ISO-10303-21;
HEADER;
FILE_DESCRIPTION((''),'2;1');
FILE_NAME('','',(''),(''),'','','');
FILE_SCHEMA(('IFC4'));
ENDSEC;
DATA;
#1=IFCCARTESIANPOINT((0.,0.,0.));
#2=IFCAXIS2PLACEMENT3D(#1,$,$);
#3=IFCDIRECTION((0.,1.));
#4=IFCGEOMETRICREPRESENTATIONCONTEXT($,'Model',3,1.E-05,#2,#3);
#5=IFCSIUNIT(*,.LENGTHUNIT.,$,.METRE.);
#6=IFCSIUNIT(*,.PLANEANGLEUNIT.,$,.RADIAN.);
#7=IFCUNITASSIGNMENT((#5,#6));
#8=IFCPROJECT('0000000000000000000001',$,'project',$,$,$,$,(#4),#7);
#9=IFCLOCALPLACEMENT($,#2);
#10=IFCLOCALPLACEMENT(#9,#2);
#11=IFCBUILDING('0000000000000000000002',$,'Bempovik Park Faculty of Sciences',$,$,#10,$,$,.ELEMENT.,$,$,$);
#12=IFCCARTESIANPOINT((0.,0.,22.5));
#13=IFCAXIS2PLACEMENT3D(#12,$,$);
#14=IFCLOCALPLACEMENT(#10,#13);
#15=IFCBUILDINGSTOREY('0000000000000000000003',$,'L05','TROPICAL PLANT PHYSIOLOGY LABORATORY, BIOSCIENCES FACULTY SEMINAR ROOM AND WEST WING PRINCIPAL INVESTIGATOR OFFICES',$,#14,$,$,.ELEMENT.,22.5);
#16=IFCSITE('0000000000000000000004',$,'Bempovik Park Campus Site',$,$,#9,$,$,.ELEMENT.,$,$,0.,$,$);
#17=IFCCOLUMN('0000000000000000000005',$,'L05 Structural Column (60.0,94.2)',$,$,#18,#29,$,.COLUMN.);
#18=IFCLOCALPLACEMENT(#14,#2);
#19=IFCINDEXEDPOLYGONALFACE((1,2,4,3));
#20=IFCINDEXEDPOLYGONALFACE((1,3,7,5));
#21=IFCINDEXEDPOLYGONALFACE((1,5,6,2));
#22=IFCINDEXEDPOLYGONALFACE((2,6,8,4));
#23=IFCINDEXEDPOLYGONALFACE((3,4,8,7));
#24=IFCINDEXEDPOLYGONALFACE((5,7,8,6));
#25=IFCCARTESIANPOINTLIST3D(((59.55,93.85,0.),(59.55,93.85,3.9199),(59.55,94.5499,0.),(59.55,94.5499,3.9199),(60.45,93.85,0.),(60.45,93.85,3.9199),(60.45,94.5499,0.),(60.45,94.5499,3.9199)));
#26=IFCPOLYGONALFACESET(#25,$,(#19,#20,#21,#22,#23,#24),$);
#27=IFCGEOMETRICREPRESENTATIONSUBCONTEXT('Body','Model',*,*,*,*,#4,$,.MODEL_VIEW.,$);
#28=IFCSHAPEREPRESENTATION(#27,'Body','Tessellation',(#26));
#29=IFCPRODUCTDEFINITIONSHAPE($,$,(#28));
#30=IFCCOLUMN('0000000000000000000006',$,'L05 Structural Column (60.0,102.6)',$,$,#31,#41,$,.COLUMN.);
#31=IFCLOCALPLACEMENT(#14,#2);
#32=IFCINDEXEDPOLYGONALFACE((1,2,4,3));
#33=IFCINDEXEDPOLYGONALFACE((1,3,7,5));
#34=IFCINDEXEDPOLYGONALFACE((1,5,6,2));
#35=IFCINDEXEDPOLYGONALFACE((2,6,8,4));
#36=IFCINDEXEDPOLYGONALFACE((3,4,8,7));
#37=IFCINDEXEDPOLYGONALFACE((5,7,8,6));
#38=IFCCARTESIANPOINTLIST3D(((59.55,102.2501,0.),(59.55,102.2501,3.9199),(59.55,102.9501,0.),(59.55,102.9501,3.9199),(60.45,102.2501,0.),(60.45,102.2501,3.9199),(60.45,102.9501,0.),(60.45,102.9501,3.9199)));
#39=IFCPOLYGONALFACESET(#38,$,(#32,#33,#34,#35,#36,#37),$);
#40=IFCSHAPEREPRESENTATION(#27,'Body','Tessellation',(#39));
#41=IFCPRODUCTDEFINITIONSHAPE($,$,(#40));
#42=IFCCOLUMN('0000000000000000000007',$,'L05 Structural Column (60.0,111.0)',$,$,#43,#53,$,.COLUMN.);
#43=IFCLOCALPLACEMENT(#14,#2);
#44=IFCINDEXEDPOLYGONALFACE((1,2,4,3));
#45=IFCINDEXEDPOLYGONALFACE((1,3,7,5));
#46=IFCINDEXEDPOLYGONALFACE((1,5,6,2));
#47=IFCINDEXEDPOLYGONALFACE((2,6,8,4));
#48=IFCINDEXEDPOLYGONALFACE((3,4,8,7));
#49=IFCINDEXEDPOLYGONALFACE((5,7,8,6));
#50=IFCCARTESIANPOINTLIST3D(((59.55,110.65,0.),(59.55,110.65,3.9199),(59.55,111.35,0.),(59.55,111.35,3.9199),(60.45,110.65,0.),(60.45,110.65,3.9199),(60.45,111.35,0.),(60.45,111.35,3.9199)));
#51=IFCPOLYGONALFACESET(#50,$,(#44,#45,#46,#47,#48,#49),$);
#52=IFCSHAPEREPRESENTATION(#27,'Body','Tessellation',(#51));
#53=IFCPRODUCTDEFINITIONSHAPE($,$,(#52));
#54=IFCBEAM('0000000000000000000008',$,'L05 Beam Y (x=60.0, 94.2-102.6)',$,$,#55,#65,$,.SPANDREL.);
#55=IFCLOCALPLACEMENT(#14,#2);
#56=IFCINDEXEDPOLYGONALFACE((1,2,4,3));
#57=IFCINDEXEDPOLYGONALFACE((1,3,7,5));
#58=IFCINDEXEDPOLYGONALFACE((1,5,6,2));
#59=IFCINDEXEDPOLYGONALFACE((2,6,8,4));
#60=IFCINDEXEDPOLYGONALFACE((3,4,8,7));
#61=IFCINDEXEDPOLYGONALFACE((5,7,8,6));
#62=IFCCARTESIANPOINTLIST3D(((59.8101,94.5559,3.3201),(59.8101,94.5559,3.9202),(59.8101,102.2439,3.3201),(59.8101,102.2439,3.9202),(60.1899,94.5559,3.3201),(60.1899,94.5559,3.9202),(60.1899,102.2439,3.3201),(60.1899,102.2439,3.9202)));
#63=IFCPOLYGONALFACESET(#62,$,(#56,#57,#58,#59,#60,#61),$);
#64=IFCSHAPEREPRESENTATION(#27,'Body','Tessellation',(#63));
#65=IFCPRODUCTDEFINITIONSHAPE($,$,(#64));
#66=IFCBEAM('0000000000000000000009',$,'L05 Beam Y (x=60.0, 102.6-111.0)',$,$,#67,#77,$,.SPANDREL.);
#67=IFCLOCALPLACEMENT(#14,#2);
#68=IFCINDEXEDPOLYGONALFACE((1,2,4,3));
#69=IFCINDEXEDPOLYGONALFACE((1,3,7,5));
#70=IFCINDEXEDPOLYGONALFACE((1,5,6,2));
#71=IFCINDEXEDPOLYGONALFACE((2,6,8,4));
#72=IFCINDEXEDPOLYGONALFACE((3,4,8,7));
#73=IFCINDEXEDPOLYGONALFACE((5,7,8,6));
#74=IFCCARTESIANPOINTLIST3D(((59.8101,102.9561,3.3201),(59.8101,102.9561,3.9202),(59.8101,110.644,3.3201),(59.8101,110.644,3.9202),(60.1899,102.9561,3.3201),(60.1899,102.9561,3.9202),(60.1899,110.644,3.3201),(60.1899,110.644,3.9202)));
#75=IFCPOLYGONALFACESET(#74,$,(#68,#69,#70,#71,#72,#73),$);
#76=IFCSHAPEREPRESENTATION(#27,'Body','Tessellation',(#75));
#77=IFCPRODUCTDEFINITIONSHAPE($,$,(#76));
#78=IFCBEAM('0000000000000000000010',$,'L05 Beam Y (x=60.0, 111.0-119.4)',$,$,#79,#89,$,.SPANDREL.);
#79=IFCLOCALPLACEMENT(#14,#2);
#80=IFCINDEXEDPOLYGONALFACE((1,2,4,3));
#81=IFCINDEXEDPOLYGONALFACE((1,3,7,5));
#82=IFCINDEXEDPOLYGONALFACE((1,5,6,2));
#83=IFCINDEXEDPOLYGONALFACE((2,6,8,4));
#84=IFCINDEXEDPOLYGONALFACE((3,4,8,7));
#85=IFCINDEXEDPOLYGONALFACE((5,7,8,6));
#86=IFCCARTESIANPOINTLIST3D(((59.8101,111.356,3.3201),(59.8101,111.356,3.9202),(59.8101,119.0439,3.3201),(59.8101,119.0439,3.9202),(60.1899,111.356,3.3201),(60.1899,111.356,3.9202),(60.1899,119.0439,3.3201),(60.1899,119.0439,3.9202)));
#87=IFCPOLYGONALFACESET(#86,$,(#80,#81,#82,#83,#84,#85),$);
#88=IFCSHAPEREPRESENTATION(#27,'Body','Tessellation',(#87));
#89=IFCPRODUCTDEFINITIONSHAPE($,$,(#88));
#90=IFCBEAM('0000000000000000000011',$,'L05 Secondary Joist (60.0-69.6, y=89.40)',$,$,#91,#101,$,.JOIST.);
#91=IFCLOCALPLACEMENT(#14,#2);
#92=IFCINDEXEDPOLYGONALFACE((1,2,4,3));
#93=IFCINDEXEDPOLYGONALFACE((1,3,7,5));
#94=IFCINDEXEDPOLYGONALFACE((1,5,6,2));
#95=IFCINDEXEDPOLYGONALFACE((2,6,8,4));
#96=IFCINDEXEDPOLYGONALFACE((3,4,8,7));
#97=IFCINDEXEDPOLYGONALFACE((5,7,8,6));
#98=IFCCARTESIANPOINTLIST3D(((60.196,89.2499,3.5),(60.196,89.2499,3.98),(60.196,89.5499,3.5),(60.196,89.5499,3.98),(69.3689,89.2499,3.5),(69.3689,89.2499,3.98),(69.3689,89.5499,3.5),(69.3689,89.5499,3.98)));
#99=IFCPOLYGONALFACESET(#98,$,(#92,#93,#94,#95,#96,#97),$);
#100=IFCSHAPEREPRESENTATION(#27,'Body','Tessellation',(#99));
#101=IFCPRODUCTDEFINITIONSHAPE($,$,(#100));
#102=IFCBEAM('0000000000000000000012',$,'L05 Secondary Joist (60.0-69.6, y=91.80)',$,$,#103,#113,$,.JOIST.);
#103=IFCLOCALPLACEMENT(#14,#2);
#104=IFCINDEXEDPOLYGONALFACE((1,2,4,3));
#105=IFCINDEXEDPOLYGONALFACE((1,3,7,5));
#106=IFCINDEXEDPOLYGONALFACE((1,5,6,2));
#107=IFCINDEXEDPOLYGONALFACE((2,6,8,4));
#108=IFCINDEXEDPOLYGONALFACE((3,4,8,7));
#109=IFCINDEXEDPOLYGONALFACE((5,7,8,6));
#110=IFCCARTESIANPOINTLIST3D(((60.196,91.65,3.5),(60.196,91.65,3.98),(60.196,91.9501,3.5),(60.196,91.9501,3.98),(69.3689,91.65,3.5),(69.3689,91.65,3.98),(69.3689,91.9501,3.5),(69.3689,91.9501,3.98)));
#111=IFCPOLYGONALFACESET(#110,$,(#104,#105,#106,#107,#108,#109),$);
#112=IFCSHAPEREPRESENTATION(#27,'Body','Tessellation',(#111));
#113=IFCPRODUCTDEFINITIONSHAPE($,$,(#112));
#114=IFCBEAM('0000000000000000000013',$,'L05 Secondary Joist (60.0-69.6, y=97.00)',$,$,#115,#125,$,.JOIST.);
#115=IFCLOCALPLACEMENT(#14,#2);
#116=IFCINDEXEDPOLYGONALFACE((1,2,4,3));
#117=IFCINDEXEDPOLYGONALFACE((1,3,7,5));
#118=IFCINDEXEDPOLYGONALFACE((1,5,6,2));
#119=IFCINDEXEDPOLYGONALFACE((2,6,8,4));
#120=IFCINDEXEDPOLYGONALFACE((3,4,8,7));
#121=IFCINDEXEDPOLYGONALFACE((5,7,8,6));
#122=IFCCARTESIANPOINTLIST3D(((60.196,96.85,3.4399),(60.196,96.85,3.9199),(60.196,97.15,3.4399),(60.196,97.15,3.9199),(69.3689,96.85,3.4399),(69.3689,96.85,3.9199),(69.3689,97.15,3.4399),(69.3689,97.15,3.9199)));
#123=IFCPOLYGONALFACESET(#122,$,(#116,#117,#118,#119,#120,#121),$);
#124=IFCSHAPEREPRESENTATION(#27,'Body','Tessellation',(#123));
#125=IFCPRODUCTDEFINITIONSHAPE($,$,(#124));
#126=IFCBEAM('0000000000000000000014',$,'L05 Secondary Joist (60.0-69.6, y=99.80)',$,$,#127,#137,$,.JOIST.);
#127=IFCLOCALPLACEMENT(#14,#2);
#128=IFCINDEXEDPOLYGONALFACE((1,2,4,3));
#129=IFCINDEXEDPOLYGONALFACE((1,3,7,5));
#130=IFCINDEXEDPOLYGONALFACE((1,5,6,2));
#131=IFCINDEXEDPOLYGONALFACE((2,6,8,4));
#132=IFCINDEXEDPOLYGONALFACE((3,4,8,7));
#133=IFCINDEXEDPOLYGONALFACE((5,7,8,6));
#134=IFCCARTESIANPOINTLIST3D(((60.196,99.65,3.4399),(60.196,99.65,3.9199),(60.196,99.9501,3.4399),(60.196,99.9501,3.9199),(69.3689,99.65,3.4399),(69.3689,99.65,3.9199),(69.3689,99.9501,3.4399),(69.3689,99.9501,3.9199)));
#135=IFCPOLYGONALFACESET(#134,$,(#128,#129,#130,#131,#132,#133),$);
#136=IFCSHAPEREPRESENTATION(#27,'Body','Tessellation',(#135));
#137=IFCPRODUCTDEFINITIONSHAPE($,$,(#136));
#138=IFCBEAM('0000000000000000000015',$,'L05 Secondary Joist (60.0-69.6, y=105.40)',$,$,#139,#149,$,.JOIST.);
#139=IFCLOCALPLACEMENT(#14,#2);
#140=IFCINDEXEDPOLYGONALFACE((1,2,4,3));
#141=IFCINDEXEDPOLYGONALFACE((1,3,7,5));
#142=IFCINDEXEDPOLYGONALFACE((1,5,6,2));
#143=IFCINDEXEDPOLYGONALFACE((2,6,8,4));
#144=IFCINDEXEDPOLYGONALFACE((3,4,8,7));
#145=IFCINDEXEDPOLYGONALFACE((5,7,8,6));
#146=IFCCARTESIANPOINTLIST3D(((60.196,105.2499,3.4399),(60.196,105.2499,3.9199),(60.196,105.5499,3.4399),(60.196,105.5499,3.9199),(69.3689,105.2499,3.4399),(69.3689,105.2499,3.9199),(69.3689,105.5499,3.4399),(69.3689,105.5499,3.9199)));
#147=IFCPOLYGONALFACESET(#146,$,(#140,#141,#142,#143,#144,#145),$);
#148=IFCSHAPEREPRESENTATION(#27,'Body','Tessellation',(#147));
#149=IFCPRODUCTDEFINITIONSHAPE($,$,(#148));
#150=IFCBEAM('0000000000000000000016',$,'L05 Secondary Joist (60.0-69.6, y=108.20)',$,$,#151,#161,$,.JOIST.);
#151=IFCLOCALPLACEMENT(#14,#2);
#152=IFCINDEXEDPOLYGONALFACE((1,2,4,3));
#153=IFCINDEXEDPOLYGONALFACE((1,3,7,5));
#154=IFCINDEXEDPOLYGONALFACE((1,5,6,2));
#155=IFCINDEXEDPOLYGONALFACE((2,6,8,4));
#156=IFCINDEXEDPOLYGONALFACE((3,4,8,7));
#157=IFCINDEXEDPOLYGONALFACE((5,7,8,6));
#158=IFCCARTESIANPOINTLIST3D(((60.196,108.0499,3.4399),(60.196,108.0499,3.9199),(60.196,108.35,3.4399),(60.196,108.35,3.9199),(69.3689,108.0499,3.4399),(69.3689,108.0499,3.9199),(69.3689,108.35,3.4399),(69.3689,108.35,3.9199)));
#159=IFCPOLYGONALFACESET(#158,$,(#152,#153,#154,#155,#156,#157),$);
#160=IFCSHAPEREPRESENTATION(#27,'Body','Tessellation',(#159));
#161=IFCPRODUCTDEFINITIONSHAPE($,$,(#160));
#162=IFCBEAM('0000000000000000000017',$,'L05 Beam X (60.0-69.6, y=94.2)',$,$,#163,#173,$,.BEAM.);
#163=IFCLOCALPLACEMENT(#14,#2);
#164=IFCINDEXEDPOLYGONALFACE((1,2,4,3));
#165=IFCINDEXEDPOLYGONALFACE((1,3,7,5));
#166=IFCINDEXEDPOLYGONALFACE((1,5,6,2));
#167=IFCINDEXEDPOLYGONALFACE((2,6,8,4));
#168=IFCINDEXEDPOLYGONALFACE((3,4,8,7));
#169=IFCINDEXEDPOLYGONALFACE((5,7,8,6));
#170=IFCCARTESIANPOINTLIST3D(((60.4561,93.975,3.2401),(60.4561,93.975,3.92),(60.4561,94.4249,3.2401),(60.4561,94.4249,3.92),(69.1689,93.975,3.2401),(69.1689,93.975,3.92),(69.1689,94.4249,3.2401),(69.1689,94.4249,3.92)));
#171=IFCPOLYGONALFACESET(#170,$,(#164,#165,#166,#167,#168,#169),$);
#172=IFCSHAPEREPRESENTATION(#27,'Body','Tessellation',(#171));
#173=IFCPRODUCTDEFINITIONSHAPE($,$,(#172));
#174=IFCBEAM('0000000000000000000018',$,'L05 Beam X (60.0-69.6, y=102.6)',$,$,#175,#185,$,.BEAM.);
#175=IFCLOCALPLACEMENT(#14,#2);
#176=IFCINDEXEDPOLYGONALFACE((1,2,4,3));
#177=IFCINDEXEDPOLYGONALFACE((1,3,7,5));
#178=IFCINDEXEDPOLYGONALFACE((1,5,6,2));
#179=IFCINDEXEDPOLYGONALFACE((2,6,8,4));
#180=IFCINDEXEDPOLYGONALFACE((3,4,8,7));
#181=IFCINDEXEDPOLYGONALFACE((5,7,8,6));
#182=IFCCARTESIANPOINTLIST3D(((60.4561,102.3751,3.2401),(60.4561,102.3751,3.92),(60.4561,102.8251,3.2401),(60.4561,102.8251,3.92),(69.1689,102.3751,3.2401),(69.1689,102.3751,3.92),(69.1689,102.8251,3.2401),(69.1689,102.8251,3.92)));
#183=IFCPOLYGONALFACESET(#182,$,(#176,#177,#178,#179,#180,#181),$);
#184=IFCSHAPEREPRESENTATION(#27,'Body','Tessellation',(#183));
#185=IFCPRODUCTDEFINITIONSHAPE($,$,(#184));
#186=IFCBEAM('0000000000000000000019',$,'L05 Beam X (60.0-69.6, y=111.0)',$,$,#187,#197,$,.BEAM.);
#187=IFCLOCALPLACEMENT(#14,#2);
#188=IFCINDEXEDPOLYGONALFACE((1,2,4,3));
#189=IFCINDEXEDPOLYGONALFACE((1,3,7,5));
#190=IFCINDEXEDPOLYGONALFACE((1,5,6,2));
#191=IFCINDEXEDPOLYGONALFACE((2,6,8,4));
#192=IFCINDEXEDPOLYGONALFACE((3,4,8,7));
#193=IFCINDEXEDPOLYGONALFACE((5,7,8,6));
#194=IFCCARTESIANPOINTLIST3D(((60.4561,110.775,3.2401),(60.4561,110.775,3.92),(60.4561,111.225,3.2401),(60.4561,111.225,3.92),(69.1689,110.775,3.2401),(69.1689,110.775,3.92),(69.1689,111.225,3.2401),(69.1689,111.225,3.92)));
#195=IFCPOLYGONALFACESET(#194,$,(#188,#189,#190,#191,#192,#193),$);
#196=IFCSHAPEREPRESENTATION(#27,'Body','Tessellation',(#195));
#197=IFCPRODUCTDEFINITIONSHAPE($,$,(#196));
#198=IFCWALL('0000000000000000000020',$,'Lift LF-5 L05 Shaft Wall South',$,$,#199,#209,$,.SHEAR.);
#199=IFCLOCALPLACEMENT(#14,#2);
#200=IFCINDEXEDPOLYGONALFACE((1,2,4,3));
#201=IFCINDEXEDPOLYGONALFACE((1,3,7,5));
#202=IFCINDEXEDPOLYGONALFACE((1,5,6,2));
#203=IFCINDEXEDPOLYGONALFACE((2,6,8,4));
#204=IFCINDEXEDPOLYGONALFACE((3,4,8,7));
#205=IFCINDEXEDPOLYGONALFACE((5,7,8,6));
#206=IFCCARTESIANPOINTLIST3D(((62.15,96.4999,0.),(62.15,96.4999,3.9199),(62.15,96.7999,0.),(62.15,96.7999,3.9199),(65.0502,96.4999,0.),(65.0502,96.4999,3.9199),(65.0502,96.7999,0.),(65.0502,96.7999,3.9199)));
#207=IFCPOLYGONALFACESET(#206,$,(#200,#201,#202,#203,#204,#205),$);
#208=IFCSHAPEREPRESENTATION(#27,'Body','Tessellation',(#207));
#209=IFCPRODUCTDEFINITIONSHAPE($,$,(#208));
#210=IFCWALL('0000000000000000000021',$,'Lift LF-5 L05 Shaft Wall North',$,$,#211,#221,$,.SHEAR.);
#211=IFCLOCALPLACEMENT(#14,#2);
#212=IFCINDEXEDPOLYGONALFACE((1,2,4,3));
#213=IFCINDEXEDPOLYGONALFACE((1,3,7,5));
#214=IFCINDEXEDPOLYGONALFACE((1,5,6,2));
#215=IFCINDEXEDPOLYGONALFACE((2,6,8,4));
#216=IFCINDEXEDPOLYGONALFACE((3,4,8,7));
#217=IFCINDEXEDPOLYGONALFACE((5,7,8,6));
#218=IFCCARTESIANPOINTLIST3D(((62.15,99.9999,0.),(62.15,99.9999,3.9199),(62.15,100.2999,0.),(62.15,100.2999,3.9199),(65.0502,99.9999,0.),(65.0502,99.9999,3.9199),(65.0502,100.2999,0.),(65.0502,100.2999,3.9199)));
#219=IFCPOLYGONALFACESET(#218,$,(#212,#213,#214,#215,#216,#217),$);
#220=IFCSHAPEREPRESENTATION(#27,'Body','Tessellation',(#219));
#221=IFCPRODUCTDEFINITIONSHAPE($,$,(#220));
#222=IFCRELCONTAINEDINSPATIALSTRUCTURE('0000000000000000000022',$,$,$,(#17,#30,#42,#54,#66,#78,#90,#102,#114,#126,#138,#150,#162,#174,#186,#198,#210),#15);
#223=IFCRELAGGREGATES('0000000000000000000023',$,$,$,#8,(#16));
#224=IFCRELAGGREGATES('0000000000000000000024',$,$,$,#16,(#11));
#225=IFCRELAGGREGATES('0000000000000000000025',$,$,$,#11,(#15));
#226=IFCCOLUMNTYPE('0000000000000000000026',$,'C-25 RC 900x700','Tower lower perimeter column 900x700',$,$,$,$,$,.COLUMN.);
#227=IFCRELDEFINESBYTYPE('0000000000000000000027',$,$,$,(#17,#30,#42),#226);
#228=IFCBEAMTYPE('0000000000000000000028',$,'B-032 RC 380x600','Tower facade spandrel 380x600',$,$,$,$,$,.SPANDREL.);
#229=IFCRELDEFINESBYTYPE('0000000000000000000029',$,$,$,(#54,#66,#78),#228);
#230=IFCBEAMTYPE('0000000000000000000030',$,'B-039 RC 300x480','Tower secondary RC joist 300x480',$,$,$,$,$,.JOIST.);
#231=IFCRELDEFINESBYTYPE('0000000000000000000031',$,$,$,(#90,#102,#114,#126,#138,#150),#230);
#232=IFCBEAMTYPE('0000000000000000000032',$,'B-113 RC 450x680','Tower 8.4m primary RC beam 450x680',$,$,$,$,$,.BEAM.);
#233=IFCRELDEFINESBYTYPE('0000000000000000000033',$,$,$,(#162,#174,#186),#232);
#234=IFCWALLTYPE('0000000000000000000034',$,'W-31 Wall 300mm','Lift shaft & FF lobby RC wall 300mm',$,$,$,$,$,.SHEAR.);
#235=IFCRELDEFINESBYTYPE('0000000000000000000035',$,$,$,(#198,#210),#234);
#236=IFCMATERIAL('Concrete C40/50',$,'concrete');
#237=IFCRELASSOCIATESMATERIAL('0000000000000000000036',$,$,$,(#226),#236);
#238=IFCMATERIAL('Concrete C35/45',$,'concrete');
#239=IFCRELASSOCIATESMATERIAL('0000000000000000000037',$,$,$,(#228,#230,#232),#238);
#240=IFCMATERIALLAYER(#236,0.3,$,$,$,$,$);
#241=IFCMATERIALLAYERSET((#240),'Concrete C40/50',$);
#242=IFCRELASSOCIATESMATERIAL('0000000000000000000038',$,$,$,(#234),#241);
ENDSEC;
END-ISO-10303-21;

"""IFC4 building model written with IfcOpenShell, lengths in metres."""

from ifc_helpers import new_model, si_unit, direction, frame, frame_2d, origin, origin_2d, place, context, subcontext, project, spatial, rectangle, extrude, material, layer, layer_set, material_profile, profile_set, type_object, element, save


model = new_model("IFC4")

# Units and contexts
model_context = context("Model", 3, precision=1e-05, world=origin(), true_north=direction((0.0, 1.0)))
body_context = subcontext(model_context, "Body", "Model", "MODEL_VIEW")
ifc_project = project(units=[si_unit("LENGTHUNIT", "METRE"), si_unit("PLANEANGLEUNIT", "RADIAN")], contexts=[model_context])

# Site, building, storey
site_placement = place(None, origin())
site = spatial("IfcSite", under=ifc_project, at=site_placement, Name="Bempovik Park Campus Site", CompositionType="ELEMENT", RefElevation=0.0)
building_placement = place(site_placement, origin())
building = spatial("IfcBuilding", under=site, at=building_placement, Name="Bempovik Park Faculty of Sciences", CompositionType="ELEMENT")
storey_placement = place(building_placement, frame((0.0, 0.0, 22.5)))
storey = spatial("IfcBuildingStorey", under=building, at=storey_placement, Name="L05", Description="TROPICAL PLANT PHYSIOLOGY LABORATORY, BIOSCIENCES FACULTY SEMINAR ROOM AND WEST WING PRINCIPAL INVESTIGATOR OFFICES", CompositionType="ELEMENT", Elevation=22.5)

# Columns
ifc_material_1 = material(Name="Concrete C40/50", Category="concrete")
ifc_material_profile_1 = material_profile(ifc_material_1, rectangle(XDim=0.8999, YDim=0.7, at=origin_2d()), Name="RC 900x700")
ifc_profile_set_1 = profile_set([ifc_material_profile_1], Name="Concrete C40/50")
column_type = type_object("IfcColumnType", Name="C-25 RC 900x700", Description="Tower lower perimeter column 900x700", PredefinedType="COLUMN", material=ifc_profile_set_1)
for number, where, z_axis, x_axis, name in (
    (1, (60.0, 94.2, 0.0), (0.0, 0.0, 1.0), (1.0, 0.0, 0.0), "L05 Structural Column (60.0,94.2)"),
    (2, (60.0, 102.6001, 0.0), (0.0, 0.0, 1.0), (1.0, 0.0, 0.0), "L05 Structural Column (60.0,102.6)"),
    (3, (60.0, 111.0, 0.0), (0.0, 0.0, 1.0), (1.0, 0.0, 0.0), "L05 Structural Column (60.0,111.0)"),
):
    element("IfcColumn", number, at=place(storey_placement, frame(where, z_axis=z_axis, x_axis=x_axis)), inside=storey, type_object=column_type, Name=name, PredefinedType="COLUMN", context=body_context, shape_type="SweptSolid", body=[
        extrude(rectangle(XDim=0.8999, YDim=0.7, at=origin_2d()), origin(), (0.0, 0.0, 1.0), 3.9199),
    ])

# Beams
ifc_material_2 = material(Name="Concrete C35/45", Category="concrete")
ifc_material_profile_2 = material_profile(ifc_material_2, rectangle(XDim=0.3799, YDim=0.6001, at=origin_2d()), Name="RC 380x600")
ifc_profile_set_2 = profile_set([ifc_material_profile_2], Name="Concrete C35/45")
beam_type_1 = type_object("IfcBeamType", Name="B-032 RC 380x600", Description="Tower facade spandrel 380x600", PredefinedType="SPANDREL", material=ifc_profile_set_2)
for number, where, z_axis, x_axis, name in (
    (4, (60.0, 94.5559, 3.6201), (0.0, 1.0, 0.0), (-1.0, 0.0, 0.0), "L05 Beam Y (x=60.0, 94.2-102.6)"),
    (5, (60.0, 102.9561, 3.6201), (0.0, 1.0, 0.0), (-1.0, 0.0, 0.0), "L05 Beam Y (x=60.0, 102.6-111.0)"),
    (6, (60.0, 111.356, 3.6201), (0.0, 1.0, 0.0), (-1.0, 0.0, 0.0), "L05 Beam Y (x=60.0, 111.0-119.4)"),
):
    element("IfcBeam", number, at=place(storey_placement, frame(where, z_axis=z_axis, x_axis=x_axis)), inside=storey, type_object=beam_type_1, Name=name, PredefinedType="SPANDREL", context=body_context, shape_type="SweptSolid", body=[
        extrude(rectangle(XDim=0.3799, YDim=0.6001, at=origin_2d()), origin(), (0.0, 0.0, 1.0), 7.688),
    ])
ifc_material_profile_3 = material_profile(ifc_material_2, rectangle(XDim=0.3, YDim=0.48, at=origin_2d()), Name="RC 300x480")
ifc_profile_set_3 = profile_set([ifc_material_profile_3], Name="Concrete C35/45")
beam_type_2 = type_object("IfcBeamType", Name="B-039 RC 300x480", Description="Tower secondary RC joist 300x480", PredefinedType="JOIST", material=ifc_profile_set_3)
for number, where, z_axis, x_axis, name in (
    (7, (60.196, 89.3999, 3.74), (1.0, 0.0, 0.0), (0.0, 1.0, 0.0), "L05 Secondary Joist (60.0-69.6, y=89.40)"),
    (8, (60.196, 91.8, 3.74), (1.0, 0.0, 0.0), (0.0, 1.0, 0.0), "L05 Secondary Joist (60.0-69.6, y=91.80)"),
    (9, (60.196, 97.0, 3.6799), (1.0, 0.0, 0.0), (0.0, 1.0, 0.0), "L05 Secondary Joist (60.0-69.6, y=97.00)"),
    (10, (60.196, 99.8, 3.6799), (1.0, 0.0, 0.0), (0.0, 1.0, 0.0), "L05 Secondary Joist (60.0-69.6, y=99.80)"),
    (11, (60.196, 105.3999, 3.6799), (1.0, 0.0, 0.0), (0.0, 1.0, 0.0), "L05 Secondary Joist (60.0-69.6, y=105.40)"),
    (12, (60.196, 108.2, 3.6799), (1.0, 0.0, 0.0), (0.0, 1.0, 0.0), "L05 Secondary Joist (60.0-69.6, y=108.20)"),
):
    element("IfcBeam", number, at=place(storey_placement, frame(where, z_axis=z_axis, x_axis=x_axis)), inside=storey, type_object=beam_type_2, Name=name, PredefinedType="JOIST", context=body_context, shape_type="SweptSolid", body=[
        extrude(rectangle(XDim=0.3, YDim=0.48, at=origin_2d()), origin(), (0.0, 0.0, 1.0), 9.1729),
    ])
ifc_material_profile_4 = material_profile(ifc_material_2, rectangle(XDim=0.45, YDim=0.6799, at=origin_2d()), Name="RC 450x680")
ifc_profile_set_4 = profile_set([ifc_material_profile_4], Name="Concrete C35/45")
beam_type_3 = type_object("IfcBeamType", Name="B-113 RC 450x680", Description="Tower 8.4m primary RC beam 450x680", PredefinedType="BEAM", material=ifc_profile_set_4)
for number, where, z_axis, x_axis, name in (
    (13, (60.4561, 94.2, 3.5801), (1.0, 0.0, 0.0), (0.0, 1.0, 0.0), "L05 Beam X (60.0-69.6, y=94.2)"),
    (14, (60.4561, 102.6001, 3.5801), (1.0, 0.0, 0.0), (0.0, 1.0, 0.0), "L05 Beam X (60.0-69.6, y=102.6)"),
    (15, (60.4561, 111.0, 3.5801), (1.0, 0.0, 0.0), (0.0, 1.0, 0.0), "L05 Beam X (60.0-69.6, y=111.0)"),
):
    element("IfcBeam", number, at=place(storey_placement, frame(where, z_axis=z_axis, x_axis=x_axis)), inside=storey, type_object=beam_type_3, Name=name, PredefinedType="BEAM", context=body_context, shape_type="SweptSolid", body=[
        extrude(rectangle(XDim=0.45, YDim=0.6799, at=origin_2d()), origin(), (0.0, 0.0, 1.0), 8.7129),
    ])

# Walls
ifc_layer_1 = layer(ifc_material_1, 0.3)
ifc_layer_set_1 = layer_set([ifc_layer_1], Name="Concrete C40/50")
wall_type_1 = type_object("IfcWallType", Name="W-31 Wall 300mm", Description="Lift shaft & FF lobby RC wall 300mm", PredefinedType="SHEAR", material=ifc_layer_set_1)
for number, where, z_axis, x_axis, name in (
    (16, (62.1499, 96.6499, 0.0), (0.0, 0.0, 1.0), (1.0, 0.0, 0.0), "Lift LF-5 L05 Shaft Wall South"),
    (17, (62.1499, 100.1499, 0.0), (0.0, 0.0, 1.0), (1.0, 0.0, 0.0), "Lift LF-5 L05 Shaft Wall North"),
):
    element("IfcWall", number, at=place(storey_placement, frame(where, z_axis=z_axis, x_axis=x_axis)), inside=storey, type_object=wall_type_1, Name=name, PredefinedType="SHEAR", context=body_context, shape_type="SweptSolid", body=[
        extrude(rectangle(XDim=2.9001, YDim=0.3, at=frame_2d((1.4502, 0.0))), origin(), (0.0, 0.0, 1.0), 3.9199),
    ])

save(model, "model.ifc")
